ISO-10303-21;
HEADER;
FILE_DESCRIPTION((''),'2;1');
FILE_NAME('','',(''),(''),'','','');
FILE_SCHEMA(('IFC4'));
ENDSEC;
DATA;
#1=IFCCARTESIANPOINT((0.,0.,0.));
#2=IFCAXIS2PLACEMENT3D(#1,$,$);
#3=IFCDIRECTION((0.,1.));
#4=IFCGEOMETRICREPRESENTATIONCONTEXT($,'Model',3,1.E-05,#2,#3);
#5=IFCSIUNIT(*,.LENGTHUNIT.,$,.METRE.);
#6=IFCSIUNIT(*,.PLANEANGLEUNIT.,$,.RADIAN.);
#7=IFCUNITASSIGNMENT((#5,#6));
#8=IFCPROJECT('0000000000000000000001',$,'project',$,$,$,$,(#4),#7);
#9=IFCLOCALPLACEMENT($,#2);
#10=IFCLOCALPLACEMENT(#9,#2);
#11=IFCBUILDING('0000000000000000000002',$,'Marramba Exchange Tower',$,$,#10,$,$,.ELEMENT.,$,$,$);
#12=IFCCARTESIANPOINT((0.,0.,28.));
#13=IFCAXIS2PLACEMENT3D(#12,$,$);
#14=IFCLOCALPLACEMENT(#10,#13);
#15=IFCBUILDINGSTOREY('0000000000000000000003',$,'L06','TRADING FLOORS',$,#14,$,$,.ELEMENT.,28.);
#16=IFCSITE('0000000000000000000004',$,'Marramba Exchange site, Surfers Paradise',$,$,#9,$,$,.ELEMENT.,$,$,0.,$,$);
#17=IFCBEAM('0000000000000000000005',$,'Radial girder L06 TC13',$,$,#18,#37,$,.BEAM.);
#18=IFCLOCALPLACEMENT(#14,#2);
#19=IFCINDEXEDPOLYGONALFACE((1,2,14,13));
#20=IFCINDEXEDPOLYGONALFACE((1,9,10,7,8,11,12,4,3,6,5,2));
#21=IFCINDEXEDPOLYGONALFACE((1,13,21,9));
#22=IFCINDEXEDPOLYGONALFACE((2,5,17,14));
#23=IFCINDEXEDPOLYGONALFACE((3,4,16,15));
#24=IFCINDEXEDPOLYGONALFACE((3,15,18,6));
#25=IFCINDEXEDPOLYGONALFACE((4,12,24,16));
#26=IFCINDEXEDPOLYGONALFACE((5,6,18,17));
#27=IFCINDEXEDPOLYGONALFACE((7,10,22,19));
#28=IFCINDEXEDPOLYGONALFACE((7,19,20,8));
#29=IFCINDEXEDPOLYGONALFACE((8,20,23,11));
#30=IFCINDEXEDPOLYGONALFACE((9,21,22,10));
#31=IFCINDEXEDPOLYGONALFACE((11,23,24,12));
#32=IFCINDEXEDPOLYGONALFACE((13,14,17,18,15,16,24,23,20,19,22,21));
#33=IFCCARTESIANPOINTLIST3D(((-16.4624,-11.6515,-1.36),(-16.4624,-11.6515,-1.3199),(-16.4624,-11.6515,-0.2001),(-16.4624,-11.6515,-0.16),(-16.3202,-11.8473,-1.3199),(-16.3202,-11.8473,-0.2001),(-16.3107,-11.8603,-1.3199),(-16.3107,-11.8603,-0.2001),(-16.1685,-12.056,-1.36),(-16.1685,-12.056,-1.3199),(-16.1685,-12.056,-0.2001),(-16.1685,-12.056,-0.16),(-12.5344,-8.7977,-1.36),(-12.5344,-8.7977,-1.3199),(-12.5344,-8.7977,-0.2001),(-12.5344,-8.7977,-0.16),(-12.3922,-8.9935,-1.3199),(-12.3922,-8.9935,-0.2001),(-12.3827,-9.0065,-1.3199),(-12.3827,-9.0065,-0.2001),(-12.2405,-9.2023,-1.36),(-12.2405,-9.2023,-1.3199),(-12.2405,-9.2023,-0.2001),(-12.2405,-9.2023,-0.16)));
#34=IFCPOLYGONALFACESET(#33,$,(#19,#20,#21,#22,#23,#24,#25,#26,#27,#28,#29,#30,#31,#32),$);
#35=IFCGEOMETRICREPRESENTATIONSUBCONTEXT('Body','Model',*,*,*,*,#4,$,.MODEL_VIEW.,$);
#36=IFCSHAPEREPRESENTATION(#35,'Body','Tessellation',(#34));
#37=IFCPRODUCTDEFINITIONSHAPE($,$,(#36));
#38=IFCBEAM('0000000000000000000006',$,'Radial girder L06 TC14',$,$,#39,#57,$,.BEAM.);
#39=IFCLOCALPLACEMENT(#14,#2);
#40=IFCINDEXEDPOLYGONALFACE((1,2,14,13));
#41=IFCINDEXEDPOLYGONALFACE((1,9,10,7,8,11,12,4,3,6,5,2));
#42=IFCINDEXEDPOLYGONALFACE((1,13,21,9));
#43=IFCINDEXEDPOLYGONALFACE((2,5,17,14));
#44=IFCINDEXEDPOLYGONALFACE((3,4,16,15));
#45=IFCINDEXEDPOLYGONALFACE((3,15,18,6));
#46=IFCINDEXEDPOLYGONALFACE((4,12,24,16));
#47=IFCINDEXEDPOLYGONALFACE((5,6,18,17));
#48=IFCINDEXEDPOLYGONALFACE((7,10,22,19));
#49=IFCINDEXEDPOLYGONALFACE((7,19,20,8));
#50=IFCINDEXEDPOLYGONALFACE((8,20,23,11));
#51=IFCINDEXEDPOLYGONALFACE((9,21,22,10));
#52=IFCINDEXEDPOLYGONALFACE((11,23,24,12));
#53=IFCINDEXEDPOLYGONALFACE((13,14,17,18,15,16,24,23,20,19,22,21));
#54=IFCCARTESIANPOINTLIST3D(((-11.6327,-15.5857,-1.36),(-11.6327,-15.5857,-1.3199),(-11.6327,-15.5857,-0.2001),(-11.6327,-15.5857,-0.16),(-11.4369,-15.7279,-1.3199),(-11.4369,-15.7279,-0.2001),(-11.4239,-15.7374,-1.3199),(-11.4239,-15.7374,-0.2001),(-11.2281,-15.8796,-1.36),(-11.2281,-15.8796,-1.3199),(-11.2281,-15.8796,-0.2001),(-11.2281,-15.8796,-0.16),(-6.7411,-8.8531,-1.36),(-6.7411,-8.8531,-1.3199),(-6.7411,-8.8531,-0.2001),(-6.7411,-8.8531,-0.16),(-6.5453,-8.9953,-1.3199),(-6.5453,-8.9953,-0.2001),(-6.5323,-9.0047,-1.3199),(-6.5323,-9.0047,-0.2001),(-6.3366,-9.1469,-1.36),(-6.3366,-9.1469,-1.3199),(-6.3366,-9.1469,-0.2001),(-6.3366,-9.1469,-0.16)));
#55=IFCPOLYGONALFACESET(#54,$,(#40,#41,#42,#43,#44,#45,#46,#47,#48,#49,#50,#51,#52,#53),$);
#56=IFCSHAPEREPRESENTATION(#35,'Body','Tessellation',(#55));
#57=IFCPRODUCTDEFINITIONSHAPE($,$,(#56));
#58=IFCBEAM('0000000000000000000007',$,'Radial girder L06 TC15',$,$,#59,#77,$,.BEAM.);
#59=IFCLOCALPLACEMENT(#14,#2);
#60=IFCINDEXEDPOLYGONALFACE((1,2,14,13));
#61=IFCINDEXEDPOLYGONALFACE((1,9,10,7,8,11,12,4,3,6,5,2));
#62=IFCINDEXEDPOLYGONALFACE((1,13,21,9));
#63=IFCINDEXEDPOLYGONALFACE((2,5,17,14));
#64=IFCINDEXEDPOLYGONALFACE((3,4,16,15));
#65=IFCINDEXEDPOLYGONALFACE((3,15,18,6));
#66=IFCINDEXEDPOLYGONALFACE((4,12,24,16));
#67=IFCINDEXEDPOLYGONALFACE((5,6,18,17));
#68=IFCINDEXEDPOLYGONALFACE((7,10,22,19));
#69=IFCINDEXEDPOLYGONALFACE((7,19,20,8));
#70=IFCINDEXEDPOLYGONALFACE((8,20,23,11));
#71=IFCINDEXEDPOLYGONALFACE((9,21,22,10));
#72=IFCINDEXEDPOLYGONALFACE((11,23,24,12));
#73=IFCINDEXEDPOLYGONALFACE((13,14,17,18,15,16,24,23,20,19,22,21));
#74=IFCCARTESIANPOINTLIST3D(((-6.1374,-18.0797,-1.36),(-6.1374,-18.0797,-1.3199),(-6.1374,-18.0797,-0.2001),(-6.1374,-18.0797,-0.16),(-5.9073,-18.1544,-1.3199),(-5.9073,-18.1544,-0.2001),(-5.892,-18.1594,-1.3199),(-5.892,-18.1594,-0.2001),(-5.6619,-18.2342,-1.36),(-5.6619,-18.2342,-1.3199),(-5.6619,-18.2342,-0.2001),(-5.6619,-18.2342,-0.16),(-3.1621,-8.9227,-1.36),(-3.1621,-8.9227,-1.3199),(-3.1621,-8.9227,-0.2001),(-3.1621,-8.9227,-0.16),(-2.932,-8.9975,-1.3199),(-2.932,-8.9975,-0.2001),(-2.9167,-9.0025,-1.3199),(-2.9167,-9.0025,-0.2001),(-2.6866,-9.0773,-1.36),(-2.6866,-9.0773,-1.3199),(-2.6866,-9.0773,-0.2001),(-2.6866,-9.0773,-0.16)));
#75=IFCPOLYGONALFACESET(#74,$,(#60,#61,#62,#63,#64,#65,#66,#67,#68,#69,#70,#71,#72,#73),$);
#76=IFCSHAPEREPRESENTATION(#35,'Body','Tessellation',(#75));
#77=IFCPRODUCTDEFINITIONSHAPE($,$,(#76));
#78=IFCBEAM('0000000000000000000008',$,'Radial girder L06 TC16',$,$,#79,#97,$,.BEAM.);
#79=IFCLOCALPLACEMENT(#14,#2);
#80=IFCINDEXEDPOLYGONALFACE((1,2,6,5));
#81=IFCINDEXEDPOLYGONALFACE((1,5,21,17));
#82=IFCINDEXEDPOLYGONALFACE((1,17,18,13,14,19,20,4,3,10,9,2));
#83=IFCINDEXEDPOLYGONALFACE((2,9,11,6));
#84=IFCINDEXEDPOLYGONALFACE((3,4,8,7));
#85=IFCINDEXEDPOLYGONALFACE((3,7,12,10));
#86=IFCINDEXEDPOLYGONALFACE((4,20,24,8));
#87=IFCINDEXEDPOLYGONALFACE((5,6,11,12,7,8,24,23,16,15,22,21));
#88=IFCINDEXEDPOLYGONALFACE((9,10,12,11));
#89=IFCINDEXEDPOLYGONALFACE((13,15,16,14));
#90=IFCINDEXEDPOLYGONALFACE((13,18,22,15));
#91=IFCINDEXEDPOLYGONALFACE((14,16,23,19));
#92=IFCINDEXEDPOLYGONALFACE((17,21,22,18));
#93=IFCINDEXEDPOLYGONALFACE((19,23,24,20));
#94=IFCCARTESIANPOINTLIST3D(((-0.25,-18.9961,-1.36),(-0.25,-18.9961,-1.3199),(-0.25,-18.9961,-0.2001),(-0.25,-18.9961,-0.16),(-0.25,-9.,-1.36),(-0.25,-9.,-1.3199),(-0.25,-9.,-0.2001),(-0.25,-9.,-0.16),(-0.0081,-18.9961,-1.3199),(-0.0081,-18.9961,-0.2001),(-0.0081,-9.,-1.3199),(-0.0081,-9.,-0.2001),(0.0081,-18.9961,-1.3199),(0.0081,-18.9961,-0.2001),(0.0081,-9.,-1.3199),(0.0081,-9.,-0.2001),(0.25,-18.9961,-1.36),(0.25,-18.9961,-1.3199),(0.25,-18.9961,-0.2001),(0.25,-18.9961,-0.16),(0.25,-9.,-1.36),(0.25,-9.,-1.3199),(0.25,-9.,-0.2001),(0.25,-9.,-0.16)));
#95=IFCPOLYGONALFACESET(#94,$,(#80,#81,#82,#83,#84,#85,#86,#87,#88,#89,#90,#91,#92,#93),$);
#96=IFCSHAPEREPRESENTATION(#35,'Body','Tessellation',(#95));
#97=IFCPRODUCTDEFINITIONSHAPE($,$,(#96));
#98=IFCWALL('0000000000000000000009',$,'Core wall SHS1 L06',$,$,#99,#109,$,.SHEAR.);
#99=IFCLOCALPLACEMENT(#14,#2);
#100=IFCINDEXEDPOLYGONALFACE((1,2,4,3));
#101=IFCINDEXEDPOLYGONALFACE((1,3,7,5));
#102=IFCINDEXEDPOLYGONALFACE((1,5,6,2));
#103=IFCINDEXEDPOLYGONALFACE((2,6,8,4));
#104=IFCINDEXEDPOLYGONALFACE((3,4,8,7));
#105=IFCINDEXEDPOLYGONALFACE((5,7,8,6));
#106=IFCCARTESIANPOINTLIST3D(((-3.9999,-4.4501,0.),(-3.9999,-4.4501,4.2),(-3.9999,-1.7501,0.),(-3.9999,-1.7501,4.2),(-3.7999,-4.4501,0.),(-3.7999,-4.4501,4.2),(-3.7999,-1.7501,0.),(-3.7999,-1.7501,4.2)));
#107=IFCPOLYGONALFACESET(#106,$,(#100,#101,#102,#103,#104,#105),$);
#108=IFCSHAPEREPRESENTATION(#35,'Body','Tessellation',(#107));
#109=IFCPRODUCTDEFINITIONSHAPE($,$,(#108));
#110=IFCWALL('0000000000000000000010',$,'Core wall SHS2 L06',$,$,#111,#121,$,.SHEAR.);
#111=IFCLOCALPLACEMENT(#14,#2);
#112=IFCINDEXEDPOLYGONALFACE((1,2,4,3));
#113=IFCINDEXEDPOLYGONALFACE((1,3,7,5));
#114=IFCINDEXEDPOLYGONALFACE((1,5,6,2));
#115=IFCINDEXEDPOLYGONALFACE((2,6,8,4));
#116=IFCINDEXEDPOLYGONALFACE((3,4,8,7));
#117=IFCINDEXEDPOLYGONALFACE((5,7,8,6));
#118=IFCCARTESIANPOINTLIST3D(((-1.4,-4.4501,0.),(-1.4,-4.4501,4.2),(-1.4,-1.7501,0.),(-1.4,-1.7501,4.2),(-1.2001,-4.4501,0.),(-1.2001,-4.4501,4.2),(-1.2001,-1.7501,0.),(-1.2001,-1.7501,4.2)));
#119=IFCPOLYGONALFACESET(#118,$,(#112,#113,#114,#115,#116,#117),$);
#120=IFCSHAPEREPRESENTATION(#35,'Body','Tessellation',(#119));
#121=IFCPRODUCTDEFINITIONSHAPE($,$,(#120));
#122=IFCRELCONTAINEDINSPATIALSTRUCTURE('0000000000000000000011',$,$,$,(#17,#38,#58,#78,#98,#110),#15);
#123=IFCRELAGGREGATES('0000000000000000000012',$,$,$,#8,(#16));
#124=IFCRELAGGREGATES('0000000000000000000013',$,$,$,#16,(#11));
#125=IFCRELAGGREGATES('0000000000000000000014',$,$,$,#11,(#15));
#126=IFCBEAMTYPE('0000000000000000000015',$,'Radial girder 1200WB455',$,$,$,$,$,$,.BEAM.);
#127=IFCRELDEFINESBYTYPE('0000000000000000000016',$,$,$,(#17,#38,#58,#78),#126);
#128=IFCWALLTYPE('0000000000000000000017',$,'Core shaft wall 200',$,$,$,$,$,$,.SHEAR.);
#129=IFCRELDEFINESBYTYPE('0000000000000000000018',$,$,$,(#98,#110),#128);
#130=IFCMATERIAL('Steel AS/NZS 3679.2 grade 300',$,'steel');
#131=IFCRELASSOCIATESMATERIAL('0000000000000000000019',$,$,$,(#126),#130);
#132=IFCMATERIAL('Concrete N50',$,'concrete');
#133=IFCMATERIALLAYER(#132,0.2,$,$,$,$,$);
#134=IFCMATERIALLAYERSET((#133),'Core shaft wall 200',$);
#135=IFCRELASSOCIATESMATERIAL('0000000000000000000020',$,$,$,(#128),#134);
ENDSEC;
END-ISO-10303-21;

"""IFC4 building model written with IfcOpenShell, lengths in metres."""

from ifc_helpers import new_model, si_unit, direction, frame, frame_2d, origin, origin_2d, place, context, subcontext, project, spatial, rectangle, i_section, extrude, material, layer, layer_set, material_profile, profile_set, type_object, element, save


model = new_model("IFC4")

# Units and contexts
model_context = context("Model", 3, precision=1e-05, world=origin(), true_north=direction((0.0, 1.0)))
body_context = subcontext(model_context, "Body", "Model", "MODEL_VIEW")
ifc_project = project(units=[si_unit("LENGTHUNIT", "METRE"), si_unit("PLANEANGLEUNIT", "RADIAN")], contexts=[model_context])

# Site, building, storey
site_placement = place(None, origin())
site = spatial("IfcSite", under=ifc_project, at=site_placement, Name="Marramba Exchange site, Surfers Paradise", CompositionType="ELEMENT", RefElevation=0.0)
building_placement = place(site_placement, origin())
building = spatial("IfcBuilding", under=site, at=building_placement, Name="Marramba Exchange Tower", CompositionType="ELEMENT")
storey_placement = place(building_placement, frame((0.0, 0.0, 28.0)))
storey = spatial("IfcBuildingStorey", under=building, at=storey_placement, Name="L06", Description="TRADING FLOORS", CompositionType="ELEMENT", Elevation=28.0)

# Beams
ifc_material_1 = material(Name="Steel AS/NZS 3679.2 grade 300", Category="steel")
ifc_material_profile = material_profile(ifc_material_1, i_section(OverallWidth=0.5, OverallDepth=1.2, WebThickness=0.0161, FlangeThickness=0.04, at=origin_2d()), Name="1200WB455")
ifc_profile_set = profile_set([ifc_material_profile], Name="Steel AS/NZS 3679.2 grade 300")
beam_type = type_object("IfcBeamType", Name="Radial girder 1200WB455", PredefinedType="BEAM", material=ifc_profile_set)
beam_1_placement = place(storey_placement, frame((-12.3875, -9.0, -0.76), z_axis=(-0.809025, -0.587774, 0.0), x_axis=(0.587774, -0.809025, 0.0)))
element("IfcBeam", 1, at=beam_1_placement, inside=storey, type_object=beam_type, Name="Radial girder L06 TC13", PredefinedType="BEAM", context=body_context, shape_type="SweptSolid", body=[
    extrude(i_section(OverallWidth=0.5, OverallDepth=1.2, WebThickness=0.0161, FlangeThickness=0.04, at=origin_2d()), origin(), (0.0, 0.0, 1.0), 4.8552),
])
beam_2_placement = place(storey_placement, frame((-6.5388, -9.0, -0.76), z_axis=(-0.587788, -0.809015, 0.0), x_axis=(0.809015, -0.587788, 0.0)))
element("IfcBeam", 2, at=beam_2_placement, inside=storey, type_object=beam_type, Name="Radial girder L06 TC14", PredefinedType="BEAM", context=body_context, shape_type="SweptSolid", body=[
    extrude(i_section(OverallWidth=0.5, OverallDepth=1.2, WebThickness=0.0161, FlangeThickness=0.04, at=origin_2d()), origin(), (0.0, 0.0, 1.0), 8.322),
])
beam_3_placement = place(storey_placement, frame((-2.9243, -9.0, -0.76), z_axis=(-0.309022, -0.951055, 0.0), x_axis=(0.951055, -0.309022, 0.0)))
element("IfcBeam", 3, at=beam_3_placement, inside=storey, type_object=beam_type, Name="Radial girder L06 TC15", PredefinedType="BEAM", context=body_context, shape_type="SweptSolid", body=[
    extrude(i_section(OverallWidth=0.5, OverallDepth=1.2, WebThickness=0.0161, FlangeThickness=0.04, at=origin_2d()), origin(), (0.0, 0.0, 1.0), 9.6282),
])
beam_4_placement = place(storey_placement, frame((0.0, -9.0, -0.76), z_axis=(0.0, -1.0, 0.0), x_axis=(1.0, 0.0, 0.0)))
element("IfcBeam", 4, at=beam_4_placement, inside=storey, type_object=beam_type, Name="Radial girder L06 TC16", PredefinedType="BEAM", context=body_context, shape_type="SweptSolid", body=[
    extrude(i_section(OverallWidth=0.5, OverallDepth=1.2, WebThickness=0.0161, FlangeThickness=0.04, at=origin_2d()), origin(), (0.0, 0.0, 1.0), 9.9961),
])

# Walls
ifc_material_2 = material(Name="Concrete N50", Category="concrete")
ifc_layer_1 = layer(ifc_material_2, 0.2)
ifc_layer_set_1 = layer_set([ifc_layer_1], Name="Core shaft wall 200")
wall_type_1 = type_object("IfcWallType", Name="Core shaft wall 200", PredefinedType="SHEAR", material=ifc_layer_set_1)
for number, where, z_axis, x_axis, name in (
    (5, (-3.8999, -1.75, 0.0), (0.0, 0.0, 1.0), (0.0, -1.0, 0.0), "Core wall SHS1 L06"),
    (6, (-1.3, -1.75, 0.0), (0.0, 0.0, 1.0), (0.0, -1.0, 0.0), "Core wall SHS2 L06"),
):
    element("IfcWall", number, at=place(storey_placement, frame(where, z_axis=z_axis, x_axis=x_axis)), inside=storey, type_object=wall_type_1, Name=name, PredefinedType="SHEAR", context=body_context, shape_type="SweptSolid", body=[
        extrude(rectangle(XDim=2.7, YDim=0.2, at=frame_2d((1.3501, 0.0))), origin(), (0.0, 0.0, 1.0), 4.2),
    ])

save(model, "model.ifc")
